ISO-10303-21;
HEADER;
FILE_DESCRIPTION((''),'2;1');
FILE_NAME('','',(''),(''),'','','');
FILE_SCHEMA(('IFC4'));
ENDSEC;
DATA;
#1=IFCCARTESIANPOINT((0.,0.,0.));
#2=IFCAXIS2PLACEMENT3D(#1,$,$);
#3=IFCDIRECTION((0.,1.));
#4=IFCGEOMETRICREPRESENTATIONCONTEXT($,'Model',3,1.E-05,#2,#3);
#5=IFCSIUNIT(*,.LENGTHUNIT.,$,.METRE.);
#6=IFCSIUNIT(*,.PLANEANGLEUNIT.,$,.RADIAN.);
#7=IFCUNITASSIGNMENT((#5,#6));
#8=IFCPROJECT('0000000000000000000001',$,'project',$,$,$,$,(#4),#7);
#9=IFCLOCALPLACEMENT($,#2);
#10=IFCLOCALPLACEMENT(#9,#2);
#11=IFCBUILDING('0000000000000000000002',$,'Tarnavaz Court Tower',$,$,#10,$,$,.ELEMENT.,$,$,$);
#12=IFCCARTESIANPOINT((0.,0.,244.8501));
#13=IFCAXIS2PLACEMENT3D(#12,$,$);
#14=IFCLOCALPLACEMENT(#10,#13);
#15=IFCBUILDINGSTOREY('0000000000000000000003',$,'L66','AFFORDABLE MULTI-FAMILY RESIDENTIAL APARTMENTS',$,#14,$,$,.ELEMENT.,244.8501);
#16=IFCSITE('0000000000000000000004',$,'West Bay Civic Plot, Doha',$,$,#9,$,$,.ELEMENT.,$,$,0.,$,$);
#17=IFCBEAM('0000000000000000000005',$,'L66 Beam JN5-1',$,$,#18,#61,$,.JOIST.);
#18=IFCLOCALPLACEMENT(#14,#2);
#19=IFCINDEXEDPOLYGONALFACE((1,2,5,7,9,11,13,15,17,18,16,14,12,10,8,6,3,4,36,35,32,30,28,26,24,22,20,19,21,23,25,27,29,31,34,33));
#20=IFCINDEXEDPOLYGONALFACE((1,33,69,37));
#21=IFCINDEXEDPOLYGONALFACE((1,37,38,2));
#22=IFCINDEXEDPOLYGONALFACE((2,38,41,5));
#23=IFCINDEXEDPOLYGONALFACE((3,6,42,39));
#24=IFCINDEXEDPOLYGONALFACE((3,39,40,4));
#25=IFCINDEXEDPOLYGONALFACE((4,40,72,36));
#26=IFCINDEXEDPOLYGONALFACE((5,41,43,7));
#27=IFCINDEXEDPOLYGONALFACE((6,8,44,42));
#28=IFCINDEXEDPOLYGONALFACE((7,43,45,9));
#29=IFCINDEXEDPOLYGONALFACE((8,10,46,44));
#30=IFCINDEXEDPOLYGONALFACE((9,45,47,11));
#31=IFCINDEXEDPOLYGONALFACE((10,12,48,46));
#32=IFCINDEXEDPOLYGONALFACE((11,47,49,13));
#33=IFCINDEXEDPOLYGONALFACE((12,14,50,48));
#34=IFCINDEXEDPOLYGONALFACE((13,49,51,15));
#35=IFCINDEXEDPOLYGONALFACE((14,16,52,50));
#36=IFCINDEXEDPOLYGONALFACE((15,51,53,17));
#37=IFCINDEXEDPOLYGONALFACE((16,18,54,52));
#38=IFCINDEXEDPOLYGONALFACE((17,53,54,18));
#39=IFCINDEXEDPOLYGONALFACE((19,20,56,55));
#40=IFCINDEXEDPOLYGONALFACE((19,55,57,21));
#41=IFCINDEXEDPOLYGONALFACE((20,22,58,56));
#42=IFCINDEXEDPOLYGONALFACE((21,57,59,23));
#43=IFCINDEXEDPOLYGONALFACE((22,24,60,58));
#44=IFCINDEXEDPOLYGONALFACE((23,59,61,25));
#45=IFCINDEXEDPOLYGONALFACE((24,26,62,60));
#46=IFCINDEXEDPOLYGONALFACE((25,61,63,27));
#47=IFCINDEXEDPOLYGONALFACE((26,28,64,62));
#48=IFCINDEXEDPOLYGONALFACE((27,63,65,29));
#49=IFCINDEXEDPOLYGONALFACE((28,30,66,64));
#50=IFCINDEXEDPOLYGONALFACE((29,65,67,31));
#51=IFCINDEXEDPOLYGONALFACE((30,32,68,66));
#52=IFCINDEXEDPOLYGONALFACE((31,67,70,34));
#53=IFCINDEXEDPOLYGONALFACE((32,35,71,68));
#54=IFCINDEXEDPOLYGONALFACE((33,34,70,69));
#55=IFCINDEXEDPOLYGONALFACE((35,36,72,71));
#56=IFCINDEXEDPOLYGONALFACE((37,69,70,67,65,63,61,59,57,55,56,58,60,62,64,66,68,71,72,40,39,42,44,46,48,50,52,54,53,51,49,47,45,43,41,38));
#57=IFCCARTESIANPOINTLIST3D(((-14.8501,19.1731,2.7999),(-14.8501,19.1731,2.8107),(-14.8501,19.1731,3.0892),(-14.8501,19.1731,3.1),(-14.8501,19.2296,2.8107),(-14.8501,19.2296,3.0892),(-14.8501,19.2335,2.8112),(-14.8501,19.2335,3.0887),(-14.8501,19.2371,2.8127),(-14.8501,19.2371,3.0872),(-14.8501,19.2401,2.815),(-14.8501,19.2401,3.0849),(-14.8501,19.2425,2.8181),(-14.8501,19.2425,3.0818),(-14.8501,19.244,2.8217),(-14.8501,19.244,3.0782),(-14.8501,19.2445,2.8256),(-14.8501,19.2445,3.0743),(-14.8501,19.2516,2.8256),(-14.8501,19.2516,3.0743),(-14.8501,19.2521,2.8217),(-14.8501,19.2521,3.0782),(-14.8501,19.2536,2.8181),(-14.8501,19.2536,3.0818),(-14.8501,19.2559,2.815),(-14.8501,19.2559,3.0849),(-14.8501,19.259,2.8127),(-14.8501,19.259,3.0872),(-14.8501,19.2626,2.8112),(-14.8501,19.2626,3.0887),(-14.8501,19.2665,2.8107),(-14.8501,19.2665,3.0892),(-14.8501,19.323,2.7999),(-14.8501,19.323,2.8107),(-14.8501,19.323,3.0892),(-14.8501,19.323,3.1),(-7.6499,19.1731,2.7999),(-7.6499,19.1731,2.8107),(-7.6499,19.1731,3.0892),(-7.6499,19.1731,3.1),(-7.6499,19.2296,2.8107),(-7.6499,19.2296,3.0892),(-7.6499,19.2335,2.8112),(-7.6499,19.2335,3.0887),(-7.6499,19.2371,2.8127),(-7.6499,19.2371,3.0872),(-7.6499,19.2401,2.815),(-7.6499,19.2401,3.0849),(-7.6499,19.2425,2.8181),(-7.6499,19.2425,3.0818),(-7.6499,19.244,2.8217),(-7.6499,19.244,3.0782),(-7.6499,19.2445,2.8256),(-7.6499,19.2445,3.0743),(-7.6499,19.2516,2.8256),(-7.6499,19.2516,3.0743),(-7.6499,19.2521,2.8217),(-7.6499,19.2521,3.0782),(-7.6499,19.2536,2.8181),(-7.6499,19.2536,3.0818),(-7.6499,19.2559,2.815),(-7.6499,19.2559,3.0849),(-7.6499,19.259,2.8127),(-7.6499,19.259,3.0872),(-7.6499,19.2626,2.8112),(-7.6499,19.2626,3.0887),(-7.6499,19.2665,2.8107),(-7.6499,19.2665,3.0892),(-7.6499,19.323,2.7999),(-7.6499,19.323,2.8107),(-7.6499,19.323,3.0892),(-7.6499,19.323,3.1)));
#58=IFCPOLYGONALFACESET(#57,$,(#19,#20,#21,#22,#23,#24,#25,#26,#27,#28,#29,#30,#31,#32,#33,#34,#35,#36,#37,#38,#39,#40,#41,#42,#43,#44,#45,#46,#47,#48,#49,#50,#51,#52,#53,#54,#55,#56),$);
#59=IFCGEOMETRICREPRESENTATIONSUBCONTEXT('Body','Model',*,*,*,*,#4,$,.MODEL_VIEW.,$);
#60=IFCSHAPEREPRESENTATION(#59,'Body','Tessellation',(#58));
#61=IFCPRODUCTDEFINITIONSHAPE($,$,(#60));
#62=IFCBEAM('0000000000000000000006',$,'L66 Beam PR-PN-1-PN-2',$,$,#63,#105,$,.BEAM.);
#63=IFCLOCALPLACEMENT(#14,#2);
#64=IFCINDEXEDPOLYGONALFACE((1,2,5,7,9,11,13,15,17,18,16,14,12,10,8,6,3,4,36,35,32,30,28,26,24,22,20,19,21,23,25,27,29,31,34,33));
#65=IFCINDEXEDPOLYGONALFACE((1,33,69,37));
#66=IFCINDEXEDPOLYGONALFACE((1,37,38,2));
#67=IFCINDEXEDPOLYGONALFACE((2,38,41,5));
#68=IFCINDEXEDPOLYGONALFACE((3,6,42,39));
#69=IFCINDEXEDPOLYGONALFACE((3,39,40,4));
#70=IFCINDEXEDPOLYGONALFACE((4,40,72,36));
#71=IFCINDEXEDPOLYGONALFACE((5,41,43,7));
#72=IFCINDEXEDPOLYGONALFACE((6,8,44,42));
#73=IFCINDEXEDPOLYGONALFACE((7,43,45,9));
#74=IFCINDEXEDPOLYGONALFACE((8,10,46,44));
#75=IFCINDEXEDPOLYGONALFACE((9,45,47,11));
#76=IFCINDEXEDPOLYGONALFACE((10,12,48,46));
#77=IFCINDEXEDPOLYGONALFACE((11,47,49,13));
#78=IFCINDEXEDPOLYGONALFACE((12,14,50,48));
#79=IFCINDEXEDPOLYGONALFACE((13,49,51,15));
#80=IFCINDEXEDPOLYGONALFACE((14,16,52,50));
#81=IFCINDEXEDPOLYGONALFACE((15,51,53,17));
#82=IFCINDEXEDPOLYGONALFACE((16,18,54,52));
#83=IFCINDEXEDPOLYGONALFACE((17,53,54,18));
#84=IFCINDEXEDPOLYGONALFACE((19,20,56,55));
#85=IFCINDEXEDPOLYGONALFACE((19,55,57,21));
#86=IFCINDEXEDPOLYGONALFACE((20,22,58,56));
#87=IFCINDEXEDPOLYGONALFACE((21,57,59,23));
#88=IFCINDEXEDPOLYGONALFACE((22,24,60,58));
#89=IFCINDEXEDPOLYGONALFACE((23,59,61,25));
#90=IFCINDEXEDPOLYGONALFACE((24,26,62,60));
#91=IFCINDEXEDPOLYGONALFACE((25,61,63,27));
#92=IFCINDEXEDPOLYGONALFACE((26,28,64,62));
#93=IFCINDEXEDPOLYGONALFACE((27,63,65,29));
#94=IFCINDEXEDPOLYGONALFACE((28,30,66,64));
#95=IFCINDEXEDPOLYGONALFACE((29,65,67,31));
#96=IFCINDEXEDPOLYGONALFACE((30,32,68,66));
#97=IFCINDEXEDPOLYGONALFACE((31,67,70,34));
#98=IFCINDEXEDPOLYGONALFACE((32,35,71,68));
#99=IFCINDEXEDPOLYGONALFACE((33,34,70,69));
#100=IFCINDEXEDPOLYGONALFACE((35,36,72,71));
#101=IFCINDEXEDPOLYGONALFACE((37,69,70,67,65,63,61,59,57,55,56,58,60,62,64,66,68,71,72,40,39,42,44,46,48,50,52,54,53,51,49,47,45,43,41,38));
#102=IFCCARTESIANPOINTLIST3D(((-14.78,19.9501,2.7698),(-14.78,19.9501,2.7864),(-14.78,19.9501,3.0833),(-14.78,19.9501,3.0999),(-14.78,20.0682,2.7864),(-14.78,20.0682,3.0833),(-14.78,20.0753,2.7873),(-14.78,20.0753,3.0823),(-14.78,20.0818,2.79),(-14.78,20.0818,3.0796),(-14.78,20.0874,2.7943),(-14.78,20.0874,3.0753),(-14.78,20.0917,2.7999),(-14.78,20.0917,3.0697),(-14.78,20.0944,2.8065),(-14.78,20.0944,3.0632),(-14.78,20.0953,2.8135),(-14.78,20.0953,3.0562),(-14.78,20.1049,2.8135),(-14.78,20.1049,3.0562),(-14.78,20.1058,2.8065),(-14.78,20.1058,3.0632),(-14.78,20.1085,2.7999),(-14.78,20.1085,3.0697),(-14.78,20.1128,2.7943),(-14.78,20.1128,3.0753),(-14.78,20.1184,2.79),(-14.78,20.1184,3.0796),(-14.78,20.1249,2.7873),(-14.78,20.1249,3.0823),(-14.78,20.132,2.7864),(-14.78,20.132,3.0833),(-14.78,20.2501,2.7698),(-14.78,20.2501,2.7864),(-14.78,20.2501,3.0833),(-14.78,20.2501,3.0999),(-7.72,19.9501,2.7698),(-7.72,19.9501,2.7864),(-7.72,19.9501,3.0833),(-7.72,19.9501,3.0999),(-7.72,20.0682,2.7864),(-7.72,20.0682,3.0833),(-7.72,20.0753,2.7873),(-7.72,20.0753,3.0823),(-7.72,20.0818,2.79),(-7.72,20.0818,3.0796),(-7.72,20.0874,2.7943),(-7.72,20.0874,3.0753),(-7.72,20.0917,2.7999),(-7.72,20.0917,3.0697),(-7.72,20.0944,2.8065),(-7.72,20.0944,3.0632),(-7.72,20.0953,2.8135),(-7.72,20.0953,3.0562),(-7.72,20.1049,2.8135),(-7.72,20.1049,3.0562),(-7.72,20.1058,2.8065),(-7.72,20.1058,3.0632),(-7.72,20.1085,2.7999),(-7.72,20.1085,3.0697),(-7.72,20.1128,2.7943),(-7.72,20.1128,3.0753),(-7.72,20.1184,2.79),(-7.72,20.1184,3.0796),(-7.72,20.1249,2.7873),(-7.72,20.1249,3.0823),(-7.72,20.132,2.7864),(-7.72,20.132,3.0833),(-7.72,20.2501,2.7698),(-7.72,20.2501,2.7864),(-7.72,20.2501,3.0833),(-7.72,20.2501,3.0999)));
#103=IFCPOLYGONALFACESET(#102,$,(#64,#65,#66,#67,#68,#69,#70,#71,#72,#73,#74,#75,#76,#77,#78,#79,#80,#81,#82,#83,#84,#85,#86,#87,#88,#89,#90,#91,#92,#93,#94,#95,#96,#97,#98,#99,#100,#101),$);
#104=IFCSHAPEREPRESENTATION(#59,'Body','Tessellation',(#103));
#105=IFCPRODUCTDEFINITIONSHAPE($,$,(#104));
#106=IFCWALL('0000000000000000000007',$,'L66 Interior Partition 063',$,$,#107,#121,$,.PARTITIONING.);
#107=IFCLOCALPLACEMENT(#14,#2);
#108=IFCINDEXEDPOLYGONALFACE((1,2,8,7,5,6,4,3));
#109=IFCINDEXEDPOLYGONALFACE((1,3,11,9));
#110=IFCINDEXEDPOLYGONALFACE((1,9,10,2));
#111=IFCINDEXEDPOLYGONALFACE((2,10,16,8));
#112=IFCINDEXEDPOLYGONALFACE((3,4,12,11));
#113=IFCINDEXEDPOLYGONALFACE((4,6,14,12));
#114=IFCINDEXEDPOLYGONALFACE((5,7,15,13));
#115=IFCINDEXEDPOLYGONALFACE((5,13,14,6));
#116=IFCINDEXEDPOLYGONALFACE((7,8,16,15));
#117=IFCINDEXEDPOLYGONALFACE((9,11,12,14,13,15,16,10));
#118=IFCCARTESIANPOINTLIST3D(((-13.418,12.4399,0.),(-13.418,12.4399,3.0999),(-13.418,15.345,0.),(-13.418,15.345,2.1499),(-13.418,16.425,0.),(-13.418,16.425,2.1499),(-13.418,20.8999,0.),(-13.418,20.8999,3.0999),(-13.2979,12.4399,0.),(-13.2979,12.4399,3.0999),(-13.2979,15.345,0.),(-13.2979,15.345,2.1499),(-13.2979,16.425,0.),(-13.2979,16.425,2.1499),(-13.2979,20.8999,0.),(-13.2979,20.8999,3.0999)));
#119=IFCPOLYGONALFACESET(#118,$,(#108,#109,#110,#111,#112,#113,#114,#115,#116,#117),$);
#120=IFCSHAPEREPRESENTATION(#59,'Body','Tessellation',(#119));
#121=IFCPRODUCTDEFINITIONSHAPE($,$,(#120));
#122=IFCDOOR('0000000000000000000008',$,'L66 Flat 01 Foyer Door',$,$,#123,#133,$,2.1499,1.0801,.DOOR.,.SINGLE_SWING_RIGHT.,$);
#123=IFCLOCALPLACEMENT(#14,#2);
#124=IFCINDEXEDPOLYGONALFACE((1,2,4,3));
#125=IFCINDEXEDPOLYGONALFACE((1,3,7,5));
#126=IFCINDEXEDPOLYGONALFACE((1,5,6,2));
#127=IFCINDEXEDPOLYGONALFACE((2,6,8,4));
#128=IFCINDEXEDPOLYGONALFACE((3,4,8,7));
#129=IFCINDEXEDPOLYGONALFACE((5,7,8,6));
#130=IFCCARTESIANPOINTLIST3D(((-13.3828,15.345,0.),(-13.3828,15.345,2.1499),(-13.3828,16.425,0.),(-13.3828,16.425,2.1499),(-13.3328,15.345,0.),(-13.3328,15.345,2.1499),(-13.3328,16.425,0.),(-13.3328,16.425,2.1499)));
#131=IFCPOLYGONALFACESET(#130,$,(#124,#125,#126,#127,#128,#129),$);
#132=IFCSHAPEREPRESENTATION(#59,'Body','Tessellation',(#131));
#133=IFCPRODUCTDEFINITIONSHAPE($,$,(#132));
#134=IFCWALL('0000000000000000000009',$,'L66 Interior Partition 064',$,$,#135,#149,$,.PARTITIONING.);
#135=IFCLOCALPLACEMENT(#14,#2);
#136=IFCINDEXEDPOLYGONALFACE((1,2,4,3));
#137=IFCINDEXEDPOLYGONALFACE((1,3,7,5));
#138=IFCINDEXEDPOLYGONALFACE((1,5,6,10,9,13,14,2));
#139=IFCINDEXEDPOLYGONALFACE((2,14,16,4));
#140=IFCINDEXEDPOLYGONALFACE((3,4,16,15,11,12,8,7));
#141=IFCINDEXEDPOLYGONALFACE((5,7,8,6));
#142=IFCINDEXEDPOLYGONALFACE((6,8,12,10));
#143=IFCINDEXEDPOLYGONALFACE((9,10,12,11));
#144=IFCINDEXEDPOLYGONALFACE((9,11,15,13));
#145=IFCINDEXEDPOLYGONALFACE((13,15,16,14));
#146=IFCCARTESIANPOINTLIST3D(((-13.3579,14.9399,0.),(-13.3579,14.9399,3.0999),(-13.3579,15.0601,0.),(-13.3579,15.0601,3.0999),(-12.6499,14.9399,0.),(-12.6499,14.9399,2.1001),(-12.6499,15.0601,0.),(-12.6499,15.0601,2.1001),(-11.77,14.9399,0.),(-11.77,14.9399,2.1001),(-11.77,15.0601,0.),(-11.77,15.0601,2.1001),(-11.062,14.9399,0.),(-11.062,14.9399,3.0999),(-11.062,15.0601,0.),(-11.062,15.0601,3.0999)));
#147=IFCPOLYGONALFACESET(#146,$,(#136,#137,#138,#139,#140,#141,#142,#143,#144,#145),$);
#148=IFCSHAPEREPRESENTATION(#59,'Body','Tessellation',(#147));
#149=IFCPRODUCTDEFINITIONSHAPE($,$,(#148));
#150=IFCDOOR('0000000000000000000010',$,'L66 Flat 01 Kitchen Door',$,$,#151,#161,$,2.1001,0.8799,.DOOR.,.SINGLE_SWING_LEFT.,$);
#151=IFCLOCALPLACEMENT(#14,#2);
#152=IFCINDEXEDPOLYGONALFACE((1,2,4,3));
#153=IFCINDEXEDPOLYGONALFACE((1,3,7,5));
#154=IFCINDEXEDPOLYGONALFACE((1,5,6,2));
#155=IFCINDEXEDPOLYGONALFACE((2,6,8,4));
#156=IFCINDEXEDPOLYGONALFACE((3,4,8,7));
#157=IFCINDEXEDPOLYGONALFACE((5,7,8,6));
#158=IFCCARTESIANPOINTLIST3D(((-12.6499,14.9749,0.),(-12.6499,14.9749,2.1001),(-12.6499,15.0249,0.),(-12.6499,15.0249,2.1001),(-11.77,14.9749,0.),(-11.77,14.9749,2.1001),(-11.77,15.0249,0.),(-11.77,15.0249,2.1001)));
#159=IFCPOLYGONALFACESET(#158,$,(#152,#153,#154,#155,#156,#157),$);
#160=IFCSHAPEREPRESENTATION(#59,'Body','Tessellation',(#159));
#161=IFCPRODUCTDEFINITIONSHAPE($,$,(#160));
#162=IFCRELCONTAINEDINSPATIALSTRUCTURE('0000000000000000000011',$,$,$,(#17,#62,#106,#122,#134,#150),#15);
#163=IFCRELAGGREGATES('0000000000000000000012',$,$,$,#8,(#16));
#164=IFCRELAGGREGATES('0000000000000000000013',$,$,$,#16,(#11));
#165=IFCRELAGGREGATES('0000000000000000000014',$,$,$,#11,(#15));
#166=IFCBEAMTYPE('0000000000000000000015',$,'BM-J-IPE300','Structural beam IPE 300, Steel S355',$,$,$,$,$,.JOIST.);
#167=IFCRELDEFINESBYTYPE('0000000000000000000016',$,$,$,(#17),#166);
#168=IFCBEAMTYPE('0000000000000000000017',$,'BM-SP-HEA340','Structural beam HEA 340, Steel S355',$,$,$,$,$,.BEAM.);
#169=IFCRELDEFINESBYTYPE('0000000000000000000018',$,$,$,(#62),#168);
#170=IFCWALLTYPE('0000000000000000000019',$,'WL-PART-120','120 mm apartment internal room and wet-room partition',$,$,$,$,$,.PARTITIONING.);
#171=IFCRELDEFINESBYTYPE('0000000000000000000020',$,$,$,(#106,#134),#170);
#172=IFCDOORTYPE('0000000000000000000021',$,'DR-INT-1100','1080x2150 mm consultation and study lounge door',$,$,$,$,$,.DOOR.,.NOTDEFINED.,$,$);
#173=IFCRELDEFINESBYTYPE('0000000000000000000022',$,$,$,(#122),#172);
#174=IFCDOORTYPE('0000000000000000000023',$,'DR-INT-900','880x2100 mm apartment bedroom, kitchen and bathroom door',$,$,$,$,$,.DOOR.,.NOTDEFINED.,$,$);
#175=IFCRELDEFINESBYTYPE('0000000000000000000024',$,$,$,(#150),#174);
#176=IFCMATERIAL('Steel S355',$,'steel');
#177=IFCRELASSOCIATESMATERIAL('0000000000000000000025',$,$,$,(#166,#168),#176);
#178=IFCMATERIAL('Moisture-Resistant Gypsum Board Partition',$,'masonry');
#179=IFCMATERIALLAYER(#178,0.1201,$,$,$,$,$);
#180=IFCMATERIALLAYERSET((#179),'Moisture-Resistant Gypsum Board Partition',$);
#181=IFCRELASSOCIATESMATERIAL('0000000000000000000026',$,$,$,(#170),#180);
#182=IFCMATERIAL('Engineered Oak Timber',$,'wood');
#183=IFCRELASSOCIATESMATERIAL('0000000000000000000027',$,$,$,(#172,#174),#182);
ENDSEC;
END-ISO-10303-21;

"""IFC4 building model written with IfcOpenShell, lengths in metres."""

from ifc_helpers import new_model, si_unit, direction, frame, frame_2d, origin, origin_2d, place, context, subcontext, project, spatial, rectangle, i_section, extrude, material, layer, layer_set, material_profile, profile_set, type_object, element, fill, save


model = new_model("IFC4")

# Units and contexts
model_context = context("Model", 3, precision=1e-05, world=origin(), true_north=direction((0.0, 1.0)))
body_context = subcontext(model_context, "Body", "Model", "MODEL_VIEW")
ifc_project = project(units=[si_unit("LENGTHUNIT", "METRE"), si_unit("PLANEANGLEUNIT", "RADIAN")], contexts=[model_context])

# Site, building, storey
site_placement = place(None, origin())
site = spatial("IfcSite", under=ifc_project, at=site_placement, Name="West Bay Civic Plot, Doha", CompositionType="ELEMENT", RefElevation=0.0)
building_placement = place(site_placement, origin())
building = spatial("IfcBuilding", under=site, at=building_placement, Name="Tarnavaz Court Tower", CompositionType="ELEMENT")
storey_placement = place(building_placement, frame((0.0, 0.0, 244.8501)))
storey = spatial("IfcBuildingStorey", under=building, at=storey_placement, Name="L66", Description="AFFORDABLE MULTI-FAMILY RESIDENTIAL APARTMENTS", CompositionType="ELEMENT", Elevation=244.8501)

# Beams
ifc_material_1 = material(Name="Steel S355", Category="steel")
ifc_material_profile_1 = material_profile(ifc_material_1, i_section(OverallWidth=0.1499, OverallDepth=0.3, WebThickness=0.0071, FlangeThickness=0.0107, FilletRadius=0.0149, at=origin_2d()), Name="IPE 300")
ifc_profile_set_1 = profile_set([ifc_material_profile_1], Name="Steel S355")
beam_type_1 = type_object("IfcBeamType", Name="BM-J-IPE300", Description="Structural beam IPE 300, Steel S355", PredefinedType="JOIST", material=ifc_profile_set_1)
for number, where, z_axis, x_axis, name in (
    (1, (-14.8501, 19.248, 2.95), (1.0, 0.0, 0.0), (0.0, 1.0, 0.0), "L66 Beam JN5-1"),
):
    element("IfcBeam", number, at=place(storey_placement, frame(where, z_axis=z_axis, x_axis=x_axis)), inside=storey, type_object=beam_type_1, Name=name, PredefinedType="JOIST", context=body_context, shape_type="SweptSolid", body=[
        extrude(i_section(OverallWidth=0.1499, OverallDepth=0.3, WebThickness=0.0071, FlangeThickness=0.0107, FilletRadius=0.0149, at=origin_2d()), origin(), (0.0, 0.0, 1.0), 7.2002),
    ])
ifc_material_profile_2 = material_profile(ifc_material_1, i_section(OverallWidth=0.3, OverallDepth=0.3301, WebThickness=0.0095, FlangeThickness=0.0166, FilletRadius=0.0271, at=origin_2d()), Name="HEA 340")
ifc_profile_set_2 = profile_set([ifc_material_profile_2], Name="Steel S355")
beam_type_2 = type_object("IfcBeamType", Name="BM-SP-HEA340", Description="Structural beam HEA 340, Steel S355", PredefinedType="BEAM", material=ifc_profile_set_2)
beam_placement = place(storey_placement, frame((-14.78, 20.1001, 2.9348), z_axis=(1.0, 0.0, 0.0), x_axis=(0.0, 1.0, 0.0)))
element("IfcBeam", 2, at=beam_placement, inside=storey, type_object=beam_type_2, Name="L66 Beam PR-PN-1-PN-2", PredefinedType="BEAM", context=body_context, shape_type="SweptSolid", body=[
    extrude(i_section(OverallWidth=0.3, OverallDepth=0.3301, WebThickness=0.0095, FlangeThickness=0.0166, FilletRadius=0.0271, at=origin_2d()), origin(), (0.0, 0.0, 1.0), 7.0601),
])

# Walls, openings, doors
ifc_material_2 = material(Name="Moisture-Resistant Gypsum Board Partition", Category="masonry")
ifc_layer = layer(ifc_material_2, 0.1201)
ifc_layer_set = layer_set([ifc_layer], Name="Moisture-Resistant Gypsum Board Partition")
wall_type = type_object("IfcWallType", Name="WL-PART-120", Description="120 mm apartment internal room and wet-room partition", PredefinedType="PARTITIONING", material=ifc_layer_set)
wall_1_placement = place(storey_placement, frame((-13.3579, 12.4399, 0.0), z_axis=(0.0, 0.0, 1.0), x_axis=(0.0, 1.0, 0.0)))
wall_1 = element("IfcWall", 3, at=wall_1_placement, inside=storey, type_object=wall_type, Name="L66 Interior Partition 063", PredefinedType="PARTITIONING", context=body_context, shape_type="SweptSolid", body=[
    extrude(rectangle(XDim=8.46, YDim=0.1201, at=frame_2d((4.23, 0.0))), origin(), (0.0, 0.0, 1.0), 3.0999),
])
opening_1_placement = place(wall_1_placement, frame((2.905, 0.0, 0.0)))
opening_1 = element("IfcOpeningElement", 4, at=opening_1_placement, cuts=wall_1, PredefinedType="OPENING", context=body_context, shape_type="SweptSolid", body=[
    extrude(rectangle(XDim=1.0801, YDim=2.1499, at=frame_2d((0.54, 1.075))), frame((0.0, 0.0701, 0.0), z_axis=(0.0, -1.0, 0.0), x_axis=(1.0, 0.0, 0.0)), (0.0, 0.0, 1.0), 0.1401),
])
ifc_material_3 = material(Name="Engineered Oak Timber", Category="wood")
door_type_1 = type_object("IfcDoorType", Name="DR-INT-1100", Description="1080x2150 mm consultation and study lounge door", OperationType="NOTDEFINED", PredefinedType="DOOR", material=ifc_material_3)
door_1_placement = place(opening_1_placement, origin())
door_1 = element("IfcDoor", 5, at=door_1_placement, inside=storey, type_object=door_type_1, Name="L66 Flat 01 Foyer Door", OperationType="SINGLE_SWING_RIGHT", OverallHeight=2.1499, OverallWidth=1.0801, PredefinedType="DOOR", context=body_context, shape_type="SweptSolid", body=[
    extrude(rectangle(XDim=1.0801, YDim=2.1499, at=frame_2d((0.54, 1.075))), frame((0.0, 0.0249, 0.0), z_axis=(0.0, -1.0, 0.0), x_axis=(1.0, 0.0, 0.0)), (0.0, 0.0, 1.0), 0.05),
])
fill(opening_1, door_1)
wall_2_placement = place(storey_placement, frame((-13.3579, 15.0, 0.0), z_axis=(0.0, 0.0, 1.0), x_axis=(1.0, 0.0, 0.0)))
wall_2 = element("IfcWall", 6, at=wall_2_placement, inside=storey, type_object=wall_type, Name="L66 Interior Partition 064", PredefinedType="PARTITIONING", context=body_context, shape_type="SweptSolid", body=[
    extrude(rectangle(XDim=2.2959, YDim=0.1201, at=frame_2d((1.1479, 0.0))), origin(), (0.0, 0.0, 1.0), 3.0999),
])
opening_2_placement = place(wall_2_placement, frame((0.708, 0.0, 0.0)))
opening_2 = element("IfcOpeningElement", 7, at=opening_2_placement, cuts=wall_2, PredefinedType="OPENING", context=body_context, shape_type="SweptSolid", body=[
    extrude(rectangle(XDim=0.8799, YDim=2.1001, at=frame_2d((0.4399, 1.05))), frame((0.0, 0.0701, 0.0), z_axis=(0.0, -1.0, 0.0), x_axis=(1.0, 0.0, 0.0)), (0.0, 0.0, 1.0), 0.1401),
])
door_type_2 = type_object("IfcDoorType", Name="DR-INT-900", Description="880x2100 mm apartment bedroom, kitchen and bathroom door", OperationType="NOTDEFINED", PredefinedType="DOOR", material=ifc_material_3)
door_2_placement = place(opening_2_placement, origin())
door_2 = element("IfcDoor", 8, at=door_2_placement, inside=storey, type_object=door_type_2, Name="L66 Flat 01 Kitchen Door", OperationType="SINGLE_SWING_LEFT", OverallHeight=2.1001, OverallWidth=0.8799, PredefinedType="DOOR", context=body_context, shape_type="SweptSolid", body=[
    extrude(rectangle(XDim=0.8799, YDim=2.1001, at=frame_2d((0.4399, 1.05))), frame((0.0, 0.0249, 0.0), z_axis=(0.0, -1.0, 0.0), x_axis=(1.0, 0.0, 0.0)), (0.0, 0.0, 1.0), 0.05),
])
fill(opening_2, door_2)

save(model, "model.ifc")
